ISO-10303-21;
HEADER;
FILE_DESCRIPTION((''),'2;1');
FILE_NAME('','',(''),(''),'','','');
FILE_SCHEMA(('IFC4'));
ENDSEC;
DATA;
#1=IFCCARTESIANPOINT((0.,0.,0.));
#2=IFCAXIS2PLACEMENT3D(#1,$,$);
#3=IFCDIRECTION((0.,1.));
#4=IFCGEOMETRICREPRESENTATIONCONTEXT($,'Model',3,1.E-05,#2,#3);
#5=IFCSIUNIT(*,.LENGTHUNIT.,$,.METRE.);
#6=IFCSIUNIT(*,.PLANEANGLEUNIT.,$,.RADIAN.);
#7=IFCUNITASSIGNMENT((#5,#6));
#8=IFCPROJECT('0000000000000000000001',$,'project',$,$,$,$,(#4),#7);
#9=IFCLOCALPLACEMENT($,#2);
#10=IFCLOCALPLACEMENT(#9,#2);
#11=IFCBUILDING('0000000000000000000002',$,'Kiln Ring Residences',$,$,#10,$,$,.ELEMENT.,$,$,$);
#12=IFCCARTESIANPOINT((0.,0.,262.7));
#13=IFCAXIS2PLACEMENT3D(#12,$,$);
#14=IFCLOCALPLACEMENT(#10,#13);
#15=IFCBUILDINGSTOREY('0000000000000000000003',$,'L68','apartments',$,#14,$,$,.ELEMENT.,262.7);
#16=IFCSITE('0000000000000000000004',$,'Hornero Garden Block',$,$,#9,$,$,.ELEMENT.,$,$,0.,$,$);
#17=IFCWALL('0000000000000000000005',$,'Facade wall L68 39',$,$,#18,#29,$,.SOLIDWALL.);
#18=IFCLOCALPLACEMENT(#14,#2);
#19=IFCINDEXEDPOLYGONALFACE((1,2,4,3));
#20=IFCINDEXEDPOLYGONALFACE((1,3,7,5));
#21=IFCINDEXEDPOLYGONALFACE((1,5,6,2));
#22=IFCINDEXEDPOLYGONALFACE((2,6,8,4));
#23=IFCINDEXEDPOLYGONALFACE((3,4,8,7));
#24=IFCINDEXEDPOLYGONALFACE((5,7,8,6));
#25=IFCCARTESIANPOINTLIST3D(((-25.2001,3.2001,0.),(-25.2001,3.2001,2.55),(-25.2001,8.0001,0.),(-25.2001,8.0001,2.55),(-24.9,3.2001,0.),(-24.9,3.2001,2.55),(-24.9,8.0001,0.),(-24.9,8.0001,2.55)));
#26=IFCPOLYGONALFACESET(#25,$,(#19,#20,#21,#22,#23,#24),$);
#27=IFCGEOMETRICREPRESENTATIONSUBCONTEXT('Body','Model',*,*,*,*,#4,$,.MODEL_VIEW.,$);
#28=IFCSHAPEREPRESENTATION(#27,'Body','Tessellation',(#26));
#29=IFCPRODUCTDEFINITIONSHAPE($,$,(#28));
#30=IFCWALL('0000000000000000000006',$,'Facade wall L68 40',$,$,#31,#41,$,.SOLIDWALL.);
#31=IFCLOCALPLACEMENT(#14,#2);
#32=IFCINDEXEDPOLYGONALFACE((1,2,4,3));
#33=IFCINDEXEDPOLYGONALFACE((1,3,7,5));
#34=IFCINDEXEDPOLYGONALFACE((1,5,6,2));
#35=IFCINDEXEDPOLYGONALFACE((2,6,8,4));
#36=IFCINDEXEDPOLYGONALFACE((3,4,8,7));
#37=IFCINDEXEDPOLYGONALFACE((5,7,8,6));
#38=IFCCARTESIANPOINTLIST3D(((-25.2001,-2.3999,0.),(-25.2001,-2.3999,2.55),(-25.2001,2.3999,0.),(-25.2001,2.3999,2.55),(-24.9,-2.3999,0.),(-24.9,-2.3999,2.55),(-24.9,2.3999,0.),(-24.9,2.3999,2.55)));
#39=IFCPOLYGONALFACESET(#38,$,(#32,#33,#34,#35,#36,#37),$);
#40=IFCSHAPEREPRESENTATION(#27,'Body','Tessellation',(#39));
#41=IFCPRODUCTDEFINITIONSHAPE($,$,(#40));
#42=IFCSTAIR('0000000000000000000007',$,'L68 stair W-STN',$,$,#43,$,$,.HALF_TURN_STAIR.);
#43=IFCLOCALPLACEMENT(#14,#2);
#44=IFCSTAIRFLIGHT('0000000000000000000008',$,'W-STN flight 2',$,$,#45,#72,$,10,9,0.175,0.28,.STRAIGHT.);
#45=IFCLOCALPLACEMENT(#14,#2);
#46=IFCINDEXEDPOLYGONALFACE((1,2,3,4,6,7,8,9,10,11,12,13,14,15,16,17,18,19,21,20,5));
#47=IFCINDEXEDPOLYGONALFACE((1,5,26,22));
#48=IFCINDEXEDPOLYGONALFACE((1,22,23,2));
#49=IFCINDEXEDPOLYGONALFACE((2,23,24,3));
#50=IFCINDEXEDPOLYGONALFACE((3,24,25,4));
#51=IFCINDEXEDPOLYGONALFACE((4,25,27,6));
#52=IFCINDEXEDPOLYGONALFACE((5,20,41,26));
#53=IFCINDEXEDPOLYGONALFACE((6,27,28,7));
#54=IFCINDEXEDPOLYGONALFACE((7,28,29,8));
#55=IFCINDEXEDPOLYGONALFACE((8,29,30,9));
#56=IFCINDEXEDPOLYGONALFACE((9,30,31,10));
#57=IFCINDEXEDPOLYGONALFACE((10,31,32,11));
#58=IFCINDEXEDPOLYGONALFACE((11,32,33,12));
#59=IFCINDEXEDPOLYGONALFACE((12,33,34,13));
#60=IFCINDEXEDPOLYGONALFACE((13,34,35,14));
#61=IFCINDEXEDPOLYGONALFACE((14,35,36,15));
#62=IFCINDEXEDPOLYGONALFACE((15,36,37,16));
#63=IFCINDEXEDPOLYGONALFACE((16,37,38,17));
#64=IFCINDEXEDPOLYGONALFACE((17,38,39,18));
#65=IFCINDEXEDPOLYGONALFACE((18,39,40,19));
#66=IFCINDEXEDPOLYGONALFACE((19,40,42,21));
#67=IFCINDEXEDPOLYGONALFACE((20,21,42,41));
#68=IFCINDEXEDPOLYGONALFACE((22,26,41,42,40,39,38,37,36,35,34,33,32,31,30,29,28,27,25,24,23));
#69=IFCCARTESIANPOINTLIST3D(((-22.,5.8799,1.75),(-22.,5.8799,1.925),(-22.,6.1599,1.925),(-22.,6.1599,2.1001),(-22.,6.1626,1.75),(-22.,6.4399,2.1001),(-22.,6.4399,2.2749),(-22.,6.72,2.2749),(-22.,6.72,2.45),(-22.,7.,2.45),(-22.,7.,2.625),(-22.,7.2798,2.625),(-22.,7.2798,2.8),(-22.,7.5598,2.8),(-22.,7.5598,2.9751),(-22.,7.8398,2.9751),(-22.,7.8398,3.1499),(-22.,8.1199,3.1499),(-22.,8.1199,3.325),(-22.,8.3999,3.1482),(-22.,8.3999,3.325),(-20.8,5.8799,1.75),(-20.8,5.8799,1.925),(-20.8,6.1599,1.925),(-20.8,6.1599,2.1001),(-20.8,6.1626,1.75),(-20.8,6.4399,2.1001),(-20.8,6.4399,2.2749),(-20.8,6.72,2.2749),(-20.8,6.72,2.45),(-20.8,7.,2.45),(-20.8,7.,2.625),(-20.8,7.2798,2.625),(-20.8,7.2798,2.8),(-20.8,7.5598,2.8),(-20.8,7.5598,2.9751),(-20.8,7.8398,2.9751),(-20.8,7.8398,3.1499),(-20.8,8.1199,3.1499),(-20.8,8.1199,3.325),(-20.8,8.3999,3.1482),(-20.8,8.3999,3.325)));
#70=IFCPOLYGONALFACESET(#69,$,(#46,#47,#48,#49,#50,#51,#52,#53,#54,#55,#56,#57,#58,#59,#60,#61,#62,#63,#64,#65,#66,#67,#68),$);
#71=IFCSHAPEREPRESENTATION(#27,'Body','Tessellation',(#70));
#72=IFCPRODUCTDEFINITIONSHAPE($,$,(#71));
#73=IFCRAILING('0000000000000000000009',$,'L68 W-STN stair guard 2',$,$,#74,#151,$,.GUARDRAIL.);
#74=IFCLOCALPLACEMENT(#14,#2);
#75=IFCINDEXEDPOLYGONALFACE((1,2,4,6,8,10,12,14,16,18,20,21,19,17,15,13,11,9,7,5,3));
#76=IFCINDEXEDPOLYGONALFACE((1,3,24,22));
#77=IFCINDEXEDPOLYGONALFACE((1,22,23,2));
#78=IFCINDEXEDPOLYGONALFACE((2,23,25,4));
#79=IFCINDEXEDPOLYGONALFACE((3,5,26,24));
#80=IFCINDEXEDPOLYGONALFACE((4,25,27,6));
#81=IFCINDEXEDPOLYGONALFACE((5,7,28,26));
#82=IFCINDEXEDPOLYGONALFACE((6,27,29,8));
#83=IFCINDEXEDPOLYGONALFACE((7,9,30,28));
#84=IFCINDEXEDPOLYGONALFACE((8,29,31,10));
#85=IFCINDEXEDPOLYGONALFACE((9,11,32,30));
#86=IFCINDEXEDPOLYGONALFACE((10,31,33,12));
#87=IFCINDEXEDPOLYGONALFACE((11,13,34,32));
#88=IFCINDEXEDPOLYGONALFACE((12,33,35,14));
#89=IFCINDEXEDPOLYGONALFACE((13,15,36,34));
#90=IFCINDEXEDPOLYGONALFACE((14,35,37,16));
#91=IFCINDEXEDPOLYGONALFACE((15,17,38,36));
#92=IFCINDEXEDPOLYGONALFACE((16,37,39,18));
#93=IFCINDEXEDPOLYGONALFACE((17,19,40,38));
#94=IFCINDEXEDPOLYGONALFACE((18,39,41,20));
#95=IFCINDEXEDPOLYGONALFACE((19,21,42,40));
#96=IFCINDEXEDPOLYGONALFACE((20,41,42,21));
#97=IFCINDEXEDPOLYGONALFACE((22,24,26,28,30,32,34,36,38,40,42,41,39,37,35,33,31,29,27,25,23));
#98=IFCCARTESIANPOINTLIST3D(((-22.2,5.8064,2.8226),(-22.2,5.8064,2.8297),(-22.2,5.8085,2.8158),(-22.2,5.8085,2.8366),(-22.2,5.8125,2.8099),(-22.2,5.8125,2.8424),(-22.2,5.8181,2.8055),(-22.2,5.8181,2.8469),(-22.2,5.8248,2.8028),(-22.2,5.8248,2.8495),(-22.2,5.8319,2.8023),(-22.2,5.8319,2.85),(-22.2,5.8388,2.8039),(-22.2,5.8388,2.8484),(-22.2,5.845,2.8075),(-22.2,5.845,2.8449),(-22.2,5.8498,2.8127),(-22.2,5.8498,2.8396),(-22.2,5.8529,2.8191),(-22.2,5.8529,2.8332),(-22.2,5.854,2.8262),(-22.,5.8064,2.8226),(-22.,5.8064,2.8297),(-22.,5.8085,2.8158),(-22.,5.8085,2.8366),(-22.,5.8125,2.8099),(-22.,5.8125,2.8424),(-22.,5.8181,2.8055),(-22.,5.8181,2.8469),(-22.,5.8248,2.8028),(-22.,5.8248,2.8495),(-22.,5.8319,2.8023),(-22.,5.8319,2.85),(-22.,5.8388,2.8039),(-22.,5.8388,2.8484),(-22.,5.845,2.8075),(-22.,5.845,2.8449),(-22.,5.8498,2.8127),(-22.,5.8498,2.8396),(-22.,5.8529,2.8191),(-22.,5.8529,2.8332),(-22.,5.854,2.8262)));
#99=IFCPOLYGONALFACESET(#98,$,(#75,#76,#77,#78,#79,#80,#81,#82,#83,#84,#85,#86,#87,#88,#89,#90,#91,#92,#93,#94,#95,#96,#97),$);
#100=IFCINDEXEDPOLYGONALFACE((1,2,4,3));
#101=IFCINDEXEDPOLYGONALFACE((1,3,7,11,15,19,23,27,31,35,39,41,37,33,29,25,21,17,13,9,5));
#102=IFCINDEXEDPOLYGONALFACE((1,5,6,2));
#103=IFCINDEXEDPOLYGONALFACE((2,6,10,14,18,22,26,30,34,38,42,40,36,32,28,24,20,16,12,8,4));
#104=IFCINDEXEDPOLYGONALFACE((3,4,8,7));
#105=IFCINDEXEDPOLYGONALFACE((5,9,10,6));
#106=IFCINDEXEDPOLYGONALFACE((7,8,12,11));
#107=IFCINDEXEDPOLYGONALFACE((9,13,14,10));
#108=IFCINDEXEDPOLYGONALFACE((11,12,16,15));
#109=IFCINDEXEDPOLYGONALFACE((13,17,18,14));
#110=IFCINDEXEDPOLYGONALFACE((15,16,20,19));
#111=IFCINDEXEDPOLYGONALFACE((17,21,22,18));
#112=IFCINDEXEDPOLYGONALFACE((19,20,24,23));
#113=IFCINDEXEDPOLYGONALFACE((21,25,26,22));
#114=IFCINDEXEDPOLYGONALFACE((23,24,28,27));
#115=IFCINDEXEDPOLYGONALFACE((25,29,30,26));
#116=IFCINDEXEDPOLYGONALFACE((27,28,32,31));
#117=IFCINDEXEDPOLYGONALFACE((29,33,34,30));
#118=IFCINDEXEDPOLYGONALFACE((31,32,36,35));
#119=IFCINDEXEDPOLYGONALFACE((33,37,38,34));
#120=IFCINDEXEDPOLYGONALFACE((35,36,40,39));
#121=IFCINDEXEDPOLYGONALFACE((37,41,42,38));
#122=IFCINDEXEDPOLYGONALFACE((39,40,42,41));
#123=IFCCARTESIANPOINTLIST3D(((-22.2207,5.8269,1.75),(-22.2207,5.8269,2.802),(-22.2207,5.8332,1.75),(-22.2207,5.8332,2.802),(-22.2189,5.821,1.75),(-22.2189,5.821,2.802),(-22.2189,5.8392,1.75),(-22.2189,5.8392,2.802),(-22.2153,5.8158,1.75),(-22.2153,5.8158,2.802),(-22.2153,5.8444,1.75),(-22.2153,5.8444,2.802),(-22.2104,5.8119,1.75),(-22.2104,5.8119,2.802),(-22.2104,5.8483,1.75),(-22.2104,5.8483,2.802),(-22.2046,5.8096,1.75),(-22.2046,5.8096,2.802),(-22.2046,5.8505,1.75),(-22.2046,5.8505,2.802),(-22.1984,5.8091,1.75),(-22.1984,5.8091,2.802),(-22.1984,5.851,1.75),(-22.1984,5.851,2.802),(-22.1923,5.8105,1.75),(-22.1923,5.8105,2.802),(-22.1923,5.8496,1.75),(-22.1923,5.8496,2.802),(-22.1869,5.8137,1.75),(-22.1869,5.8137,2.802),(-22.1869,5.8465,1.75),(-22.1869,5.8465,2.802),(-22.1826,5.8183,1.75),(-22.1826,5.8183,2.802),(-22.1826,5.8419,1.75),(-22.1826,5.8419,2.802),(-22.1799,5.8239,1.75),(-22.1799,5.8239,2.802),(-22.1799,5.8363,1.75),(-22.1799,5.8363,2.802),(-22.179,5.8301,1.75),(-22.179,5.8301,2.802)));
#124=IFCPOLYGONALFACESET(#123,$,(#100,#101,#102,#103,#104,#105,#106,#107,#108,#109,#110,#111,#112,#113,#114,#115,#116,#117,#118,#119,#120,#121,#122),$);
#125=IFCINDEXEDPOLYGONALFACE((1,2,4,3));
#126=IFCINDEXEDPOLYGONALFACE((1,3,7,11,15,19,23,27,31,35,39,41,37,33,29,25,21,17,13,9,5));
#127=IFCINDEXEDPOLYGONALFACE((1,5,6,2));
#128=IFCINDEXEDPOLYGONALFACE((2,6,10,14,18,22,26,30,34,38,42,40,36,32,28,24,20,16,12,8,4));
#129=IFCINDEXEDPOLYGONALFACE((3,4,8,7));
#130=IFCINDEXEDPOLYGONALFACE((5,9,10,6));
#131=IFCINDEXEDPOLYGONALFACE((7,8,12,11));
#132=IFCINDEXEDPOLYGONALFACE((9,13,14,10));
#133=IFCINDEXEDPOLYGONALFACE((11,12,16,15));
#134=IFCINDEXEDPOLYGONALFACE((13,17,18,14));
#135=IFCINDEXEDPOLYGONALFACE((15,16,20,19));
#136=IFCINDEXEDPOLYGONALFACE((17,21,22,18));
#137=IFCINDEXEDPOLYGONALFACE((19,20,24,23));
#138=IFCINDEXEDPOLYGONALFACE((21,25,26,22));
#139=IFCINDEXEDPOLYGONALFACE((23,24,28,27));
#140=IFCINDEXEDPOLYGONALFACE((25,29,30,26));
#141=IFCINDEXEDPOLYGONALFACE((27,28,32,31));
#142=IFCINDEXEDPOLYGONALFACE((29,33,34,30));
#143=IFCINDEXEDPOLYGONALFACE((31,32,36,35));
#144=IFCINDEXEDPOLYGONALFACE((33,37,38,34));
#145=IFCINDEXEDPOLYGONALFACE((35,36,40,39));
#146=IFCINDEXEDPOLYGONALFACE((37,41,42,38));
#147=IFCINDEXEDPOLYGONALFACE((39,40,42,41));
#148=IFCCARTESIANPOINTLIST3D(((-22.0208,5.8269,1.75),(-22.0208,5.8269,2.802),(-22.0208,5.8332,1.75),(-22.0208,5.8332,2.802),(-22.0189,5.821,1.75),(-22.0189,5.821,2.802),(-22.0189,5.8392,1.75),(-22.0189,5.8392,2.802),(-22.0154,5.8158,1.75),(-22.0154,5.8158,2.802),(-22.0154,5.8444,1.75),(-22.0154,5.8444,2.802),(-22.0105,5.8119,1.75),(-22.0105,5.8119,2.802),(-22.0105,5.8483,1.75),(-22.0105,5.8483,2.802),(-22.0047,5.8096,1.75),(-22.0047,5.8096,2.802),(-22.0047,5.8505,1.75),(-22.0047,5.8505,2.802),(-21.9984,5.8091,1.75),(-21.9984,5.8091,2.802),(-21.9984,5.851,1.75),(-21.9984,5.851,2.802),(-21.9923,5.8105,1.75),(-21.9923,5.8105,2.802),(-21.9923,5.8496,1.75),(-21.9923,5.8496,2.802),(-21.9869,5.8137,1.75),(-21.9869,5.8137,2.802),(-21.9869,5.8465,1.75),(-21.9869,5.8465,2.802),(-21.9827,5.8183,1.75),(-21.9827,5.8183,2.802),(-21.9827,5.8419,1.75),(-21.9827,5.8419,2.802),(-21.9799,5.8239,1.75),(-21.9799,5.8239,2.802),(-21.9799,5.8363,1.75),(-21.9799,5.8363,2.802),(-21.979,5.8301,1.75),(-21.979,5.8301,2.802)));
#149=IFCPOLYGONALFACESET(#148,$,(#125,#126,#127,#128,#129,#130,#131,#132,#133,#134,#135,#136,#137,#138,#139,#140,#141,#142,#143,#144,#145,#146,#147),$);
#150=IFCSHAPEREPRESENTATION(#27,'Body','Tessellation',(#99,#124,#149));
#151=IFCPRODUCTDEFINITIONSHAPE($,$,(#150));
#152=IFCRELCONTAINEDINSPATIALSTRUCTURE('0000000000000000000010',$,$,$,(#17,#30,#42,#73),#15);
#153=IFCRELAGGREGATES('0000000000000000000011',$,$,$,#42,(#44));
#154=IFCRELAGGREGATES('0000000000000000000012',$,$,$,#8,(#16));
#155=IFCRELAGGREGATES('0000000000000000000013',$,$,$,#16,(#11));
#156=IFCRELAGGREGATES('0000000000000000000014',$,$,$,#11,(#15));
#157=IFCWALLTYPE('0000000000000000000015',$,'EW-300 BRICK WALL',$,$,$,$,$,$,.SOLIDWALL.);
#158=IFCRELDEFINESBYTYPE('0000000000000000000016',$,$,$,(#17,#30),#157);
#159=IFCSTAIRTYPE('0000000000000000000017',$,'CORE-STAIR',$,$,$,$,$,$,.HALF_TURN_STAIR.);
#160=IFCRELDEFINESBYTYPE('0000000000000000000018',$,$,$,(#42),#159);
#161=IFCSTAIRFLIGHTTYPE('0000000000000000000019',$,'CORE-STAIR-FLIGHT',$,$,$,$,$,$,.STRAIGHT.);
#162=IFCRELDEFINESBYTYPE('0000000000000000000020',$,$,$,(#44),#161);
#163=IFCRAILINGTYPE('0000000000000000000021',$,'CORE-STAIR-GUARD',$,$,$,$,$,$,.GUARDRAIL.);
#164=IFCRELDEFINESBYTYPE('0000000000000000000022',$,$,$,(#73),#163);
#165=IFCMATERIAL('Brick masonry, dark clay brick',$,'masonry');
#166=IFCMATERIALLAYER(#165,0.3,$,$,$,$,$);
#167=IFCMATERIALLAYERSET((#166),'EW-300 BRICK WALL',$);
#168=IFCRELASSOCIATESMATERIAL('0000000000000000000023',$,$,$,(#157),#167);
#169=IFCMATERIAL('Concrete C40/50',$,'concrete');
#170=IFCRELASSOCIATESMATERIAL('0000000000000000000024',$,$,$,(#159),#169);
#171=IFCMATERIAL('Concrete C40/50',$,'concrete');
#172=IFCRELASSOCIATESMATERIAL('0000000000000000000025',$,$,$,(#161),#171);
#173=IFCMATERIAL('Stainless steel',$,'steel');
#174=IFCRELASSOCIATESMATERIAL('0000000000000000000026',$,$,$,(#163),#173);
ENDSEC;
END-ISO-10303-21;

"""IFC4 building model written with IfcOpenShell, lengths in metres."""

from ifc_helpers import new_model, si_unit, direction, frame, frame_2d, origin, origin_2d, place, context, subcontext, project, spatial, polyline, rectangle, circle, outline, extrude, material, layer, layer_set, type_object, element, aggregate, save


model = new_model("IFC4")

# Units and contexts
model_context = context("Model", 3, precision=1e-05, world=origin(), true_north=direction((0.0, 1.0)))
body_context = subcontext(model_context, "Body", "Model", "MODEL_VIEW")
ifc_project = project(units=[si_unit("LENGTHUNIT", "METRE"), si_unit("PLANEANGLEUNIT", "RADIAN")], contexts=[model_context])

# Site, building, storey
site_placement = place(None, origin())
site = spatial("IfcSite", under=ifc_project, at=site_placement, Name="Hornero Garden Block", CompositionType="ELEMENT", RefElevation=0.0)
building_placement = place(site_placement, origin())
building = spatial("IfcBuilding", under=site, at=building_placement, Name="Kiln Ring Residences", CompositionType="ELEMENT")
storey_placement = place(building_placement, frame((0.0, 0.0, 262.7)))
storey = spatial("IfcBuildingStorey", under=building, at=storey_placement, Name="L68", Description="apartments", CompositionType="ELEMENT", Elevation=262.7)

# Walls
ifc_material_1 = material(Name="Brick masonry, dark clay brick", Category="masonry")
ifc_layer_1 = layer(ifc_material_1, 0.3)
ifc_layer_set_1 = layer_set([ifc_layer_1], Name="EW-300 BRICK WALL")
wall_type_1 = type_object("IfcWallType", Name="EW-300 BRICK WALL", PredefinedType="SOLIDWALL", material=ifc_layer_set_1)
wall_1_placement = place(storey_placement, frame((-25.05, 8.0, 0.0), z_axis=(0.0, 0.0, 1.0), x_axis=(0.0, -1.0, 0.0)))
element("IfcWall", 1, at=wall_1_placement, inside=storey, type_object=wall_type_1, Name="Facade wall L68 39", PredefinedType="SOLIDWALL", context=body_context, shape_type="SweptSolid", body=[
    extrude(rectangle(XDim=4.8, YDim=0.3, at=frame_2d((2.3999, 0.0))), origin(), (0.0, 0.0, 1.0), 2.55),
])
wall_2_placement = place(storey_placement, frame((-25.05, 2.3999, 0.0), z_axis=(0.0, 0.0, 1.0), x_axis=(0.0, -1.0, 0.0)))
element("IfcWall", 2, at=wall_2_placement, inside=storey, type_object=wall_type_1, Name="Facade wall L68 40", PredefinedType="SOLIDWALL", context=body_context, shape_type="SweptSolid", body=[
    extrude(rectangle(XDim=4.7998, YDim=0.3, at=frame_2d((2.3999, 0.0))), origin(), (0.0, 0.0, 1.0), 2.55),
])

# Stair, stair flight
ifc_material_2 = material(Name="Concrete C40/50", Category="concrete")
stair_type = type_object("IfcStairType", Name="CORE-STAIR", PredefinedType="HALF_TURN_STAIR", material=ifc_material_2)
stair_placement = place(storey_placement, origin())
stair = element("IfcStair", 3, at=stair_placement, inside=storey, type_object=stair_type, Name="L68 stair W-STN", PredefinedType="HALF_TURN_STAIR")
ifc_material_3 = material(Name="Concrete C40/50", Category="concrete")
stair_flight_type = type_object("IfcStairFlightType", Name="CORE-STAIR-FLIGHT", PredefinedType="STRAIGHT", material=ifc_material_3)
stair_flight_placement = place(storey_placement, frame((-21.3999, 5.8799, 1.75), z_axis=(0.0, 0.0, 1.0), x_axis=(0.0, 1.0, 0.0)))
stair_flight = element("IfcStairFlight", 4, at=stair_flight_placement, type_object=stair_flight_type, Name="W-STN flight 2", NumberOfRisers=10, NumberOfTreads=9, PredefinedType="STRAIGHT", RiserHeight=0.175, TreadLength=0.28, context=body_context, shape_type="SweptSolid", body=[
    extrude(outline(polyline([(0.0, 0.0), (0.0, 0.175), (0.28, 0.175), (0.28, 0.3501), (0.5601, 0.3501), (0.5601, 0.5249), (0.8401, 0.5249), (0.8401, 0.7), (1.1201, 0.7), (1.1201, 0.875), (1.3999, 0.875), (1.3999, 1.05), (1.6799, 1.05), (1.6799, 1.2251), (1.96, 1.2251), (1.96, 1.3999), (2.24, 1.3999), (2.24, 1.575), (2.52, 1.575), (2.52, 1.75), (2.52, 1.3982), (0.2827, 0.0), (0.0, 0.0)])), frame((0.0, 0.6001, 0.0), z_axis=(0.0, -1.0, 0.0), x_axis=(1.0, 0.0, 0.0)), (0.0, 0.0, 1.0), 1.2),
])
aggregate(stair, [stair_flight])

# Railing
ifc_material_4 = material(Name="Stainless steel", Category="steel")
railing_type_1 = type_object("IfcRailingType", Name="CORE-STAIR-GUARD", PredefinedType="GUARDRAIL", material=ifc_material_4)
railing_1_placement = place(storey_placement, frame((-22.2, 5.8301, 1.75)))
element("IfcRailing", 5, at=railing_1_placement, inside=storey, type_object=railing_type_1, Name="L68 W-STN stair guard 2", PredefinedType="GUARDRAIL", context=body_context, shape_type="SweptSolid", body=[
    extrude(circle(Radius=0.0239, at=origin_2d()), frame((0.0, 0.0, 1.0762), z_axis=(1.0, 0.0, 0.0), x_axis=(0.0, 1.0, 0.0)), (0.0, 0.0, 1.0), 0.2),
    extrude(circle(Radius=0.021, at=origin_2d()), origin(), (0.0, 0.0, 1.0), 1.052),
    extrude(circle(Radius=0.021, at=origin_2d()), frame((0.2, 0.0, 0.0)), (0.0, 0.0, 1.0), 1.052),
])

save(model, "model.ifc")
